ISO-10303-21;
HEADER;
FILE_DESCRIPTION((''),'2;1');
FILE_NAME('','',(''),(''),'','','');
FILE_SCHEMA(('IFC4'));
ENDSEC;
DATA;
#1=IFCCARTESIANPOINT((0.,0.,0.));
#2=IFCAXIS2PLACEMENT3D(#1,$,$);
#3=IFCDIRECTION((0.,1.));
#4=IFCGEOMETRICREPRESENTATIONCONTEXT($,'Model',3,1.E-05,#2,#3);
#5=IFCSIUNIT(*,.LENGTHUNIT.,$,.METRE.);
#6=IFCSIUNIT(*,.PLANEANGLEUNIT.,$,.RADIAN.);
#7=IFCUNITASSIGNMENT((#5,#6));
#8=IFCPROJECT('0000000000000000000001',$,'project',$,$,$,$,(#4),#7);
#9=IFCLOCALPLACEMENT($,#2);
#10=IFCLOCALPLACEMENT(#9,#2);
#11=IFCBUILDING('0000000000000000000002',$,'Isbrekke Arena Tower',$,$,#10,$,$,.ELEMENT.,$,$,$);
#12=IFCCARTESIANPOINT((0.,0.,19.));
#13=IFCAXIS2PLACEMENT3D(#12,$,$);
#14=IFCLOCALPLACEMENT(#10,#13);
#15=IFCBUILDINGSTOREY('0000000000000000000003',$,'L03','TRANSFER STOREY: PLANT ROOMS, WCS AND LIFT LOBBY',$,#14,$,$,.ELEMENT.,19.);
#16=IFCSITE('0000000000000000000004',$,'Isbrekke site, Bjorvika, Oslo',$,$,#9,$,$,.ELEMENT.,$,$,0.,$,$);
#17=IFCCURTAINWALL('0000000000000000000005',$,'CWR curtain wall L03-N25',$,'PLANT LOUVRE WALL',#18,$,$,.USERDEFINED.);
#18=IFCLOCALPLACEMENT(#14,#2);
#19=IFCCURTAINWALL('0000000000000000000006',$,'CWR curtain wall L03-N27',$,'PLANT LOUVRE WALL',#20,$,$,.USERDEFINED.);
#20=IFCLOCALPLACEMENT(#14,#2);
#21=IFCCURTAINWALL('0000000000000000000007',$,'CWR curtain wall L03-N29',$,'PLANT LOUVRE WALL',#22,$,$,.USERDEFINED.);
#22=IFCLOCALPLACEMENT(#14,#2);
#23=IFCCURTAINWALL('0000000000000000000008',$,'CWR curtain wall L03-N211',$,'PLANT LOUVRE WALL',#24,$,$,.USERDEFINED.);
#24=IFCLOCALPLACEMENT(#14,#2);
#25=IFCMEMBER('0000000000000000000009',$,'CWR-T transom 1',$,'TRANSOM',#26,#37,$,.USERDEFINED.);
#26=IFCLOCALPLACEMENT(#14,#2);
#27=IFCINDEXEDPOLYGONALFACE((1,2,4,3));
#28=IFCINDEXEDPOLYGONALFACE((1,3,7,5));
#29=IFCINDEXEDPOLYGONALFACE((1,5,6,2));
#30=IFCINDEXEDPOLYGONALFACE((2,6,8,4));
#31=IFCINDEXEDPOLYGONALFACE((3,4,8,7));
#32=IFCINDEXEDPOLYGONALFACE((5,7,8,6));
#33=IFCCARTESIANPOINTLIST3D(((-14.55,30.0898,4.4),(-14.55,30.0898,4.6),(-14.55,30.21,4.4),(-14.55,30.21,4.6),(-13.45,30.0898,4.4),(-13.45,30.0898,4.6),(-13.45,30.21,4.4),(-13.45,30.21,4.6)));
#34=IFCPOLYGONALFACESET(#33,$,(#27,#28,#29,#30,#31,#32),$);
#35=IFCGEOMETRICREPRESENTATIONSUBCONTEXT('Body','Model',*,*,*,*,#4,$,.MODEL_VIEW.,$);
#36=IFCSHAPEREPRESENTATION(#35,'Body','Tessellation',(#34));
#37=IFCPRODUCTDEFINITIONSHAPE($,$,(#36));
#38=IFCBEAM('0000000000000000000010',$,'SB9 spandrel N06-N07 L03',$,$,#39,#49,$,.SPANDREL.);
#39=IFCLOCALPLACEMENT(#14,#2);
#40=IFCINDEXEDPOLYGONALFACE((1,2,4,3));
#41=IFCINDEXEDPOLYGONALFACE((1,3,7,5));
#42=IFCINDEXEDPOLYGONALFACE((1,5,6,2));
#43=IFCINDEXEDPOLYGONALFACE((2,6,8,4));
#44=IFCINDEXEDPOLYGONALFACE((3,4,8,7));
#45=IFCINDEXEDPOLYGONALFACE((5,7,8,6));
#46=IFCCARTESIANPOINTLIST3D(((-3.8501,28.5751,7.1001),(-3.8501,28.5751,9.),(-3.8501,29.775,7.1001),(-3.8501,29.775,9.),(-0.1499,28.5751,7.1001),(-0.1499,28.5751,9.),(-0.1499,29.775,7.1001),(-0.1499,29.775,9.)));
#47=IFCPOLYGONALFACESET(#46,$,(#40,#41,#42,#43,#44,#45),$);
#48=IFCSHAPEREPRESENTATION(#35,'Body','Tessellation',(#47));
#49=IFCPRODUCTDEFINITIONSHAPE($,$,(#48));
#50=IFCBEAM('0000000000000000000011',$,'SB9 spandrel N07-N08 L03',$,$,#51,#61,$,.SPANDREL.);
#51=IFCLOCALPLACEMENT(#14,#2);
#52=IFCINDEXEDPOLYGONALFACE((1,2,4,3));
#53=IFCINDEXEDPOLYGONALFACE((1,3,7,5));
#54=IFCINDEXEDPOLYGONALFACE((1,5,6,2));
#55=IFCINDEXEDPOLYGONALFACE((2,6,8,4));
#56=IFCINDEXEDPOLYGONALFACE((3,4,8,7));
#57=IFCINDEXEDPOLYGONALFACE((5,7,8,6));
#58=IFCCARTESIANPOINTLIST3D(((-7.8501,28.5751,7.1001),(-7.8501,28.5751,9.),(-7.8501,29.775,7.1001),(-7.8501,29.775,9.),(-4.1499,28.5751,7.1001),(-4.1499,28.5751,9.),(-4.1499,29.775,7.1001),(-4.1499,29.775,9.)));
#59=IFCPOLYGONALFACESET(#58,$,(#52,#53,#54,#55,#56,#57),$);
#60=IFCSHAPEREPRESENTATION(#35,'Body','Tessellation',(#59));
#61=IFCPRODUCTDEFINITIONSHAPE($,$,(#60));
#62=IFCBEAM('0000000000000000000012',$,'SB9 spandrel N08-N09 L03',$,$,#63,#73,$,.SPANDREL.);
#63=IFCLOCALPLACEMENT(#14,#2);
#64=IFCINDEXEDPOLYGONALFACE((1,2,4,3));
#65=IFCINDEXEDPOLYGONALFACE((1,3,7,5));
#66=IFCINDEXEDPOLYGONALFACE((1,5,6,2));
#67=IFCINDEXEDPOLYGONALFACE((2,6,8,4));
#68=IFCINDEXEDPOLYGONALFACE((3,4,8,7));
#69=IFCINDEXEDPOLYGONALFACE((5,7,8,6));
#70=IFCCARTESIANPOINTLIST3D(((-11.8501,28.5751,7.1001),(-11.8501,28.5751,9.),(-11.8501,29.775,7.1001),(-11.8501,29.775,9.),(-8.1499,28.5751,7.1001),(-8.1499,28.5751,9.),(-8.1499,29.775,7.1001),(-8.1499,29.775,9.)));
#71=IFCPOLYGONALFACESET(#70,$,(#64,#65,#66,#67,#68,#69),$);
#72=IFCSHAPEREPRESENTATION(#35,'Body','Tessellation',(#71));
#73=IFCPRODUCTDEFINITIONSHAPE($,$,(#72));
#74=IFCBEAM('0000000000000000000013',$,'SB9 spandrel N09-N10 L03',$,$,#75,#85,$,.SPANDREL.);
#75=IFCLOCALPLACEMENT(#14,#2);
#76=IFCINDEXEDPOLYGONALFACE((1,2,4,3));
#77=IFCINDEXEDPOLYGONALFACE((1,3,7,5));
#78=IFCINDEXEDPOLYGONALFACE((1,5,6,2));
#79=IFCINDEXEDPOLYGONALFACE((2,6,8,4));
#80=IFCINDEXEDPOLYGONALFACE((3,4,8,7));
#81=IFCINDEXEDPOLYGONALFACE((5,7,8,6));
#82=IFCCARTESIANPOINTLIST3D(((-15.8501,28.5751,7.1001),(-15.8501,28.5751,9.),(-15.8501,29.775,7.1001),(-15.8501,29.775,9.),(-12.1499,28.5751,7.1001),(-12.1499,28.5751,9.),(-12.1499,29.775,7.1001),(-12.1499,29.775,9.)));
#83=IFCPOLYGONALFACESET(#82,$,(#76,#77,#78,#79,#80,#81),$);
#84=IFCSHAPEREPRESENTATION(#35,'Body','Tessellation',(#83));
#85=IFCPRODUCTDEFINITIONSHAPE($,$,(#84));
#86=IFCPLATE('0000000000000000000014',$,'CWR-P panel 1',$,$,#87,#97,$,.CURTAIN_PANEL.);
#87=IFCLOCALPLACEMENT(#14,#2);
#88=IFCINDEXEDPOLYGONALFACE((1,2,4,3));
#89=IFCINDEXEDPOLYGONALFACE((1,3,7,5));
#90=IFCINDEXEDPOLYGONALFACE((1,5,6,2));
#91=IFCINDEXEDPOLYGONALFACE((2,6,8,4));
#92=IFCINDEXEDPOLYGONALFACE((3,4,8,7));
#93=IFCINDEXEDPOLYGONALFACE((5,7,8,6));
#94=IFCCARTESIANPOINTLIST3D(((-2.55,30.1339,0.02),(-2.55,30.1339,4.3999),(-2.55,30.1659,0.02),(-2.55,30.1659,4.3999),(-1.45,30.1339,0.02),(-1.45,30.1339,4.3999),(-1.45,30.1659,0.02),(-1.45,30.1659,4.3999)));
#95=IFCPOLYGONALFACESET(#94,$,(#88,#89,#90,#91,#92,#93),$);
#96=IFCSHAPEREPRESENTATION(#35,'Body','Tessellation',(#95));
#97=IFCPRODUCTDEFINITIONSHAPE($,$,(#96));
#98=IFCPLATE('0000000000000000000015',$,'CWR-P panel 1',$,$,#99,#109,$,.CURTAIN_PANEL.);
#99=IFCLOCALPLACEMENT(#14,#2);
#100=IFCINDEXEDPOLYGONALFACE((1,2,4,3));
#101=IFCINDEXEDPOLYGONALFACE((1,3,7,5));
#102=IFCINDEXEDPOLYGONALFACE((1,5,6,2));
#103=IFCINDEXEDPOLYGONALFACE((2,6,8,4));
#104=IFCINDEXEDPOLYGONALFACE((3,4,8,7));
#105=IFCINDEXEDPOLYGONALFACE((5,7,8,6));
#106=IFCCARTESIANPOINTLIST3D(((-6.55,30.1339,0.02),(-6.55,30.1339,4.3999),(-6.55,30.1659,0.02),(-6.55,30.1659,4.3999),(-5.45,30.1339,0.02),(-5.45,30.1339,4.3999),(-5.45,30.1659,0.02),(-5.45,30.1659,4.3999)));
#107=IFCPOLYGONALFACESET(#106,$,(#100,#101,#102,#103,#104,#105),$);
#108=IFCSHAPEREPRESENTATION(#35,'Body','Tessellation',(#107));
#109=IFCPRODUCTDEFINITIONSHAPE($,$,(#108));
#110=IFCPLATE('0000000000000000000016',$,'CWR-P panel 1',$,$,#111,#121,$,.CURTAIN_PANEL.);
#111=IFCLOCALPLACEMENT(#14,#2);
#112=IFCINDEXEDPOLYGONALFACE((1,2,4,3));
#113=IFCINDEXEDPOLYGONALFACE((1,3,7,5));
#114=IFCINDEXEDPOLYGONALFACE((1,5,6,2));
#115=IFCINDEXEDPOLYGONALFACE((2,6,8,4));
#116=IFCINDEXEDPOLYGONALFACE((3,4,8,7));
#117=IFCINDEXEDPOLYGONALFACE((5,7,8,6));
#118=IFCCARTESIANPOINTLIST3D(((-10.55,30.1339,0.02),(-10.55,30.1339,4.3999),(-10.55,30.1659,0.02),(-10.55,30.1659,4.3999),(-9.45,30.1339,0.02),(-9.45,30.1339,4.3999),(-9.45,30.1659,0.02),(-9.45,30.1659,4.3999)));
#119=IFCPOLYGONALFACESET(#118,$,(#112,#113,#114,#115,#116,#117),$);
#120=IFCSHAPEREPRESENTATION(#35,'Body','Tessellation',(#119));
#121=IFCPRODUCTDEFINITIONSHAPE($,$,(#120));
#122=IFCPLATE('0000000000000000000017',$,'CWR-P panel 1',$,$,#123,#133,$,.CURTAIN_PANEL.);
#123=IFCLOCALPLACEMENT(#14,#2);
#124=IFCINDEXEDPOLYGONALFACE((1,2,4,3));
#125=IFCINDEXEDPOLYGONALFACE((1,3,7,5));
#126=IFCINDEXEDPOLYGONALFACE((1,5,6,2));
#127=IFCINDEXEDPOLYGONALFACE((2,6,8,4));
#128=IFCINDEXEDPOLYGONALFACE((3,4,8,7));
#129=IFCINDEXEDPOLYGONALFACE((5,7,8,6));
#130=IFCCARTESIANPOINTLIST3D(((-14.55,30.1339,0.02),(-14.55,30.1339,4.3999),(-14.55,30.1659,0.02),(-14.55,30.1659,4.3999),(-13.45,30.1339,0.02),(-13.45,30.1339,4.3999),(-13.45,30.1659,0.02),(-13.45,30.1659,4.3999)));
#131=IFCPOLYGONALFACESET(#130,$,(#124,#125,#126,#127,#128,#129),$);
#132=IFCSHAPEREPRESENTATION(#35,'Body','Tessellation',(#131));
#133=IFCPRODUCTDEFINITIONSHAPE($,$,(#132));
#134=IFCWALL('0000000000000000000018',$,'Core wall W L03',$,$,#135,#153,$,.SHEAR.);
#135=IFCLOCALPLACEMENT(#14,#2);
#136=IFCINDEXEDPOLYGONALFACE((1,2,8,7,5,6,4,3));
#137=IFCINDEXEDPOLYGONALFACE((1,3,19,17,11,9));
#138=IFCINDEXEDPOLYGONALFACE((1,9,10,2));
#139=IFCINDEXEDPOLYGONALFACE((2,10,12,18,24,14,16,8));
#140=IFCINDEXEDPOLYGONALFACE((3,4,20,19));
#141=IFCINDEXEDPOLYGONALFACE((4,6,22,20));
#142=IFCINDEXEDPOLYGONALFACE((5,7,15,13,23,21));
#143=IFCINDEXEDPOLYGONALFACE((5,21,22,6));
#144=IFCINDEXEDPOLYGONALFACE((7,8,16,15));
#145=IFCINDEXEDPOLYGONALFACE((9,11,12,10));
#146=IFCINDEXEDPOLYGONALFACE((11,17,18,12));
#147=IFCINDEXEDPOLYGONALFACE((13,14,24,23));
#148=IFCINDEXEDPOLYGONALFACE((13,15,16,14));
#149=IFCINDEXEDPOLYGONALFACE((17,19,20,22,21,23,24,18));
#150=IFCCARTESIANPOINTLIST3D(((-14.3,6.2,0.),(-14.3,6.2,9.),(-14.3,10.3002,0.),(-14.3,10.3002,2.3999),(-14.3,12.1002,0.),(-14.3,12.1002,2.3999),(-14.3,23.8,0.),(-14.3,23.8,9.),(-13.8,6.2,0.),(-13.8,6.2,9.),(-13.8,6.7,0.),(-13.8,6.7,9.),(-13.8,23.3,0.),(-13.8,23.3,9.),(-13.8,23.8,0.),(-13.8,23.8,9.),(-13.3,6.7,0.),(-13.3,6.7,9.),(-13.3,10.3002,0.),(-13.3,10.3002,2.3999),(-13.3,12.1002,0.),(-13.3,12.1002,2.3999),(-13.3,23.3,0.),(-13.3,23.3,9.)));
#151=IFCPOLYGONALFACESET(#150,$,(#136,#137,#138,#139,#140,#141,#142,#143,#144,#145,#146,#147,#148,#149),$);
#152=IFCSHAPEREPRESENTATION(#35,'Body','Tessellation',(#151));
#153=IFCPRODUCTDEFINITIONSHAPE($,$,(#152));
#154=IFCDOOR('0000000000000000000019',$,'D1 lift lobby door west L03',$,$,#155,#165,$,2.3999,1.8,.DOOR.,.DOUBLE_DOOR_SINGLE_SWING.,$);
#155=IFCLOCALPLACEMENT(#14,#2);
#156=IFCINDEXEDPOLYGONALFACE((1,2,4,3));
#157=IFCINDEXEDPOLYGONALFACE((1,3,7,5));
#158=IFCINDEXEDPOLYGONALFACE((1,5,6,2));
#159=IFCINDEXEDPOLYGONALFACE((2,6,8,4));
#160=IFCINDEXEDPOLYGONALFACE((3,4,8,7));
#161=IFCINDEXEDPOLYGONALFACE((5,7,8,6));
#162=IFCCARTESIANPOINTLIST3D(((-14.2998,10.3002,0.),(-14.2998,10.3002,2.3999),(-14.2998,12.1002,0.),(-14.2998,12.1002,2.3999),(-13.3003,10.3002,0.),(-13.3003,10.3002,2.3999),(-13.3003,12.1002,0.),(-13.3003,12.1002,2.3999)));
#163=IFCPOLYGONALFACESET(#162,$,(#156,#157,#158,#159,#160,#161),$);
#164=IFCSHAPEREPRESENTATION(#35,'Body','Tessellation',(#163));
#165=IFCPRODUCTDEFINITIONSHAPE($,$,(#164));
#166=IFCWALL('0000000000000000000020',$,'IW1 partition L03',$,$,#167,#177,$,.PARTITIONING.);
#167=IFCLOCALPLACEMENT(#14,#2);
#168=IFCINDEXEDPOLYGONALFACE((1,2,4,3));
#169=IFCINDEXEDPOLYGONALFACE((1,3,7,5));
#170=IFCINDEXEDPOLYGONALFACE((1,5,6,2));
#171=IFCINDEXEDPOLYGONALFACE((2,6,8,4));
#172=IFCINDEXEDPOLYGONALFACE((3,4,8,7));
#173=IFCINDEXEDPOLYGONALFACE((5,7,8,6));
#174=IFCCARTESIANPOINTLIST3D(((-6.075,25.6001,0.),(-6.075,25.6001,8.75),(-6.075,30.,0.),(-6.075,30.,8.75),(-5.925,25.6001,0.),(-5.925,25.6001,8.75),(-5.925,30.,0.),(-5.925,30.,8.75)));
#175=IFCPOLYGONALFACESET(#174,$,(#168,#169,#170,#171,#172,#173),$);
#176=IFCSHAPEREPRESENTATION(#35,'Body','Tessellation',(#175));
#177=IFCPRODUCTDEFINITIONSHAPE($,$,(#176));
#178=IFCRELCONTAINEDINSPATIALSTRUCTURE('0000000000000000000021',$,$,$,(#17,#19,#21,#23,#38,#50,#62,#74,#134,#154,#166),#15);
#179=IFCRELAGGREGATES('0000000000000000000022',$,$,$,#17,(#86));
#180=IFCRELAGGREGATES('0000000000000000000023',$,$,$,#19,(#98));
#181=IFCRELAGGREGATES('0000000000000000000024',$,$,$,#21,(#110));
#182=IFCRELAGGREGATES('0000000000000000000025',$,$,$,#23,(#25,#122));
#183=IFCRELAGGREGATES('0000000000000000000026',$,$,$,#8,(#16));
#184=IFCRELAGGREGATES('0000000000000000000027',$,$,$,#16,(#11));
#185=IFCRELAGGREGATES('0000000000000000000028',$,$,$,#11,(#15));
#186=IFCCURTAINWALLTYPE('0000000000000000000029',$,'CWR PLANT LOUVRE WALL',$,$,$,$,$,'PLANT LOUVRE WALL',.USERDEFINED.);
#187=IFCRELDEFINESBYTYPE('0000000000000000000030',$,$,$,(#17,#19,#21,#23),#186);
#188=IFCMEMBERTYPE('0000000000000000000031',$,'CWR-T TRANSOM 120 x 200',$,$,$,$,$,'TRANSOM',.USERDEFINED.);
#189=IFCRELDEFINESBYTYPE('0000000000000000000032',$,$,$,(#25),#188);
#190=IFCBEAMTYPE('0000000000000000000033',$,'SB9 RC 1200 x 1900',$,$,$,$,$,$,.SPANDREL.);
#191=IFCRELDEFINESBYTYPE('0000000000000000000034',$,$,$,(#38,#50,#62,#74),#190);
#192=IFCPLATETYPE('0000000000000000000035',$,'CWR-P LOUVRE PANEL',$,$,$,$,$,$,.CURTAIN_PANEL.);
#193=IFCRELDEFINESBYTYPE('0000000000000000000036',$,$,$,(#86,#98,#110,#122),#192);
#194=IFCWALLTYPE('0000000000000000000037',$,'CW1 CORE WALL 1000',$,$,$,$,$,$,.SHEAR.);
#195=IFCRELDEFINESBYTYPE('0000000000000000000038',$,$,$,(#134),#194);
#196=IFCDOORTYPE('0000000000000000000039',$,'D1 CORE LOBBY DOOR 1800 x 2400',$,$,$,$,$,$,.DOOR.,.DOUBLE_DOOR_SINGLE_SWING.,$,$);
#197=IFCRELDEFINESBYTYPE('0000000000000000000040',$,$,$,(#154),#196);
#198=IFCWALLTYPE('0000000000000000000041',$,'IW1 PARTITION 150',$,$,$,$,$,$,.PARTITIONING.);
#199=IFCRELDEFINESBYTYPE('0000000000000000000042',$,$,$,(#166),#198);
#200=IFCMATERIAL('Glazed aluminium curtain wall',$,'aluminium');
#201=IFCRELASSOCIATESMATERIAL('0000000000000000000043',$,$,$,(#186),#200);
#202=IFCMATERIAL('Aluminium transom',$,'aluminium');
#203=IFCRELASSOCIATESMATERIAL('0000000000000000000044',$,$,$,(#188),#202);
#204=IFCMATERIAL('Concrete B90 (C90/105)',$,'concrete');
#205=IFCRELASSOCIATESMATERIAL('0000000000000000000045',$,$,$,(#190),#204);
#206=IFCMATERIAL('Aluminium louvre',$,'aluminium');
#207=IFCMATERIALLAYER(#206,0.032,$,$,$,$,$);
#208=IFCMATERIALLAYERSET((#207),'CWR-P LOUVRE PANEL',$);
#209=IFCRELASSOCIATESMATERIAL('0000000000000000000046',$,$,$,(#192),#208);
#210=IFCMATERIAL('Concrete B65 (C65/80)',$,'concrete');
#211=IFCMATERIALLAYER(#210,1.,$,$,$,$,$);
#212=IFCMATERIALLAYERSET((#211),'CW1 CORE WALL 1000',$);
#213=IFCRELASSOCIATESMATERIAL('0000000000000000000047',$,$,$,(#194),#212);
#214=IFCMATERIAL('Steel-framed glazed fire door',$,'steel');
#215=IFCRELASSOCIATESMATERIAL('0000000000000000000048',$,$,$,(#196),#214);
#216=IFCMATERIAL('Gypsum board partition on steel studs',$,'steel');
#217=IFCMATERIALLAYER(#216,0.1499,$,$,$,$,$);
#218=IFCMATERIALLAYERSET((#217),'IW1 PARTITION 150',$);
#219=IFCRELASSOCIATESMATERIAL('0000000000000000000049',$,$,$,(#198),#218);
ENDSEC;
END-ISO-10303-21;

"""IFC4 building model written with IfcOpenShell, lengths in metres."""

from ifc_helpers import new_model, si_unit, direction, frame, frame_2d, origin, origin_2d, place, context, subcontext, project, spatial, polyline, rectangle, outline, extrude, material, layer, layer_set, material_profile, profile_set, type_object, element, fill, aggregate, save


model = new_model("IFC4")

# Units and contexts
model_context = context("Model", 3, precision=1e-05, world=origin(), true_north=direction((0.0, 1.0)))
body_context = subcontext(model_context, "Body", "Model", "MODEL_VIEW")
ifc_project = project(units=[si_unit("LENGTHUNIT", "METRE"), si_unit("PLANEANGLEUNIT", "RADIAN")], contexts=[model_context])

# Site, building, storey
site_placement = place(None, origin())
site = spatial("IfcSite", under=ifc_project, at=site_placement, Name="Isbrekke site, Bjorvika, Oslo", CompositionType="ELEMENT", RefElevation=0.0)
building_placement = place(site_placement, origin())
building = spatial("IfcBuilding", under=site, at=building_placement, Name="Isbrekke Arena Tower", CompositionType="ELEMENT")
storey_placement = place(building_placement, frame((0.0, 0.0, 19.0)))
storey = spatial("IfcBuildingStorey", under=building, at=storey_placement, Name="L03", Description="TRANSFER STOREY: PLANT ROOMS, WCS AND LIFT LOBBY", CompositionType="ELEMENT", Elevation=19.0)

# Curtain walls
ifc_material_1 = material(Name="Glazed aluminium curtain wall", Category="aluminium")
curtain_wall_type = type_object("IfcCurtainWallType", Name="CWR PLANT LOUVRE WALL", ElementType="PLANT LOUVRE WALL", PredefinedType="USERDEFINED", material=ifc_material_1)
curtain_wall_1_placement = place(storey_placement, origin())
curtain_wall_1 = element("IfcCurtainWall", 1, at=curtain_wall_1_placement, inside=storey, type_object=curtain_wall_type, Name="CWR curtain wall L03-N25", ObjectType="PLANT LOUVRE WALL", PredefinedType="USERDEFINED")
curtain_wall_2_placement = place(storey_placement, origin())
curtain_wall_2 = element("IfcCurtainWall", 2, at=curtain_wall_2_placement, inside=storey, type_object=curtain_wall_type, Name="CWR curtain wall L03-N27", ObjectType="PLANT LOUVRE WALL", PredefinedType="USERDEFINED")
curtain_wall_3_placement = place(storey_placement, origin())
curtain_wall_3 = element("IfcCurtainWall", 3, at=curtain_wall_3_placement, inside=storey, type_object=curtain_wall_type, Name="CWR curtain wall L03-N29", ObjectType="PLANT LOUVRE WALL", PredefinedType="USERDEFINED")
curtain_wall_4_placement = place(storey_placement, origin())
curtain_wall_4 = element("IfcCurtainWall", 4, at=curtain_wall_4_placement, inside=storey, type_object=curtain_wall_type, Name="CWR curtain wall L03-N211", ObjectType="PLANT LOUVRE WALL", PredefinedType="USERDEFINED")

# Member
ifc_material_2 = material(Name="Aluminium transom", Category="aluminium")
ifc_material_profile_1 = material_profile(ifc_material_2, rectangle(XDim=0.1201, YDim=0.2, at=origin_2d()), Name="TRANSOM 120X200")
ifc_profile_set_1 = profile_set([ifc_material_profile_1], Name="Aluminium transom")
member_type_1 = type_object("IfcMemberType", Name="CWR-T TRANSOM 120 x 200", ElementType="TRANSOM", PredefinedType="USERDEFINED", material=ifc_profile_set_1)
member_1_placement = place(storey_placement, frame((-13.45, 30.1499, 4.5), z_axis=(-1.0, 0.0, 0.0), x_axis=(0.0, -1.0, 0.0)))
member_1 = element("IfcMember", 5, at=member_1_placement, type_object=member_type_1, Name="CWR-T transom 1", ObjectType="TRANSOM", PredefinedType="USERDEFINED", context=body_context, shape_type="SweptSolid", body=[
    extrude(rectangle(XDim=0.1201, YDim=0.2, at=origin_2d()), origin(), (0.0, 0.0, 1.0), 1.1001),
])

# Beams
ifc_material_3 = material(Name="Concrete B90 (C90/105)", Category="concrete")
ifc_material_profile_2 = material_profile(ifc_material_3, rectangle(XDim=1.2, YDim=1.8999, at=origin_2d()), Name="RC 1200x1900")
ifc_profile_set_2 = profile_set([ifc_material_profile_2], Name="Concrete B90 (C90/105)")
beam_type_1 = type_object("IfcBeamType", Name="SB9 RC 1200 x 1900", PredefinedType="SPANDREL", material=ifc_profile_set_2)
for number, where, z_axis, x_axis, name in (
    (6, (-0.1499, 29.175, 8.05), (-1.0, 0.0, 0.0), (0.0, -1.0, 0.0), "SB9 spandrel N06-N07 L03"),
    (7, (-4.1499, 29.175, 8.05), (-1.0, 0.0, 0.0), (0.0, -1.0, 0.0), "SB9 spandrel N07-N08 L03"),
    (8, (-8.1499, 29.175, 8.05), (-1.0, 0.0, 0.0), (0.0, -1.0, 0.0), "SB9 spandrel N08-N09 L03"),
    (9, (-12.1499, 29.175, 8.05), (-1.0, 0.0, 0.0), (0.0, -1.0, 0.0), "SB9 spandrel N09-N10 L03"),
):
    element("IfcBeam", number, at=place(storey_placement, frame(where, z_axis=z_axis, x_axis=x_axis)), inside=storey, type_object=beam_type_1, Name=name, PredefinedType="SPANDREL", context=body_context, shape_type="SweptSolid", body=[
        extrude(rectangle(XDim=1.2, YDim=1.8999, at=origin_2d()), origin(), (0.0, 0.0, 1.0), 3.7002),
    ])

# Plates
ifc_material_4 = material(Name="Aluminium louvre", Category="aluminium")
ifc_layer_1 = layer(ifc_material_4, 0.032)
ifc_layer_set_1 = layer_set([ifc_layer_1], Name="CWR-P LOUVRE PANEL")
plate_type = type_object("IfcPlateType", Name="CWR-P LOUVRE PANEL", PredefinedType="CURTAIN_PANEL", material=ifc_layer_set_1)
plate_1_placement = place(storey_placement, frame((-2.0, 30.1499, 0.02), z_axis=(0.0, 0.0, 1.0), x_axis=(-1.0, 0.0, 0.0)))
plate_1 = element("IfcPlate", 10, at=plate_1_placement, type_object=plate_type, Name="CWR-P panel 1", PredefinedType="CURTAIN_PANEL", context=body_context, shape_type="SweptSolid", body=[
    extrude(rectangle(XDim=1.1001, YDim=0.032, at=origin_2d()), origin(), (0.0, 0.0, 1.0), 4.3799),
])
aggregate(curtain_wall_1, [plate_1])
plate_2_placement = place(storey_placement, frame((-6.0, 30.1499, 0.02), z_axis=(0.0, 0.0, 1.0), x_axis=(-1.0, 0.0, 0.0)))
plate_2 = element("IfcPlate", 11, at=plate_2_placement, type_object=plate_type, Name="CWR-P panel 1", PredefinedType="CURTAIN_PANEL", context=body_context, shape_type="SweptSolid", body=[
    extrude(rectangle(XDim=1.1001, YDim=0.032, at=origin_2d()), origin(), (0.0, 0.0, 1.0), 4.3799),
])
aggregate(curtain_wall_2, [plate_2])
plate_3_placement = place(storey_placement, frame((-10.0, 30.1499, 0.02), z_axis=(0.0, 0.0, 1.0), x_axis=(-1.0, 0.0, 0.0)))
plate_3 = element("IfcPlate", 12, at=plate_3_placement, type_object=plate_type, Name="CWR-P panel 1", PredefinedType="CURTAIN_PANEL", context=body_context, shape_type="SweptSolid", body=[
    extrude(rectangle(XDim=1.1001, YDim=0.032, at=origin_2d()), origin(), (0.0, 0.0, 1.0), 4.3799),
])
aggregate(curtain_wall_3, [plate_3])
plate_4_placement = place(storey_placement, frame((-14.0, 30.1499, 0.02), z_axis=(0.0, 0.0, 1.0), x_axis=(-1.0, 0.0, 0.0)))
plate_4 = element("IfcPlate", 13, at=plate_4_placement, type_object=plate_type, Name="CWR-P panel 1", PredefinedType="CURTAIN_PANEL", context=body_context, shape_type="SweptSolid", body=[
    extrude(rectangle(XDim=1.1001, YDim=0.032, at=origin_2d()), origin(), (0.0, 0.0, 1.0), 4.3799),
])
aggregate(curtain_wall_4, [member_1, plate_4])

# Wall, opening, door
ifc_material_5 = material(Name="Concrete B65 (C65/80)", Category="concrete")
ifc_layer_2 = layer(ifc_material_5, 1.0)
ifc_layer_set_2 = layer_set([ifc_layer_2], Name="CW1 CORE WALL 1000")
wall_type_1 = type_object("IfcWallType", Name="CW1 CORE WALL 1000", PredefinedType="SHEAR", material=ifc_layer_set_2)
wall_1_placement = place(storey_placement, frame((-13.8, 23.8, 0.0), z_axis=(0.0, 0.0, 1.0), x_axis=(0.0, -1.0, 0.0)))
wall_1 = element("IfcWall", 14, at=wall_1_placement, inside=storey, type_object=wall_type_1, Name="Core wall W L03", PredefinedType="SHEAR", context=body_context, shape_type="SweptSolid", body=[
    extrude(outline(polyline([(0.0, -0.5), (17.6001, -0.5), (17.6001, 0.0), (17.1001, 0.0), (17.1001, 0.5), (0.5, 0.5), (0.5, 0.0), (0.0, 0.0), (0.0, -0.5)])), origin(), (0.0, 0.0, 1.0), 9.0),
])
opening_placement = place(wall_1_placement, frame((11.7, 0.0, 0.0)))
opening = element("IfcOpeningElement", 15, at=opening_placement, cuts=wall_1, PredefinedType="OPENING", context=body_context, shape_type="SweptSolid", body=[
    extrude(rectangle(XDim=1.8, YDim=2.3999, at=frame_2d((0.8999, 1.2))), frame((0.0, 0.5149, 0.0), z_axis=(0.0, -1.0, 0.0), x_axis=(1.0, 0.0, 0.0)), (0.0, 0.0, 1.0), 1.0298),
])
ifc_material_6 = material(Name="Steel-framed glazed fire door", Category="steel")
door_type = type_object("IfcDoorType", Name="D1 CORE LOBBY DOOR 1800 x 2400", OperationType="DOUBLE_DOOR_SINGLE_SWING", PredefinedType="DOOR", material=ifc_material_6)
door_placement = place(opening_placement, origin())
door = element("IfcDoor", 16, at=door_placement, inside=storey, type_object=door_type, Name="D1 lift lobby door west L03", OperationType="DOUBLE_DOOR_SINGLE_SWING", OverallHeight=2.3999, OverallWidth=1.8, PredefinedType="DOOR", context=body_context, shape_type="SweptSolid", body=[
    extrude(rectangle(XDim=1.8, YDim=2.3999, at=frame_2d((0.8999, 1.2))), frame((0.0, 0.4998, 0.0), z_axis=(0.0, -1.0, 0.0), x_axis=(1.0, 0.0, 0.0)), (0.0, 0.0, 1.0), 0.9995),
])
fill(opening, door)

# Wall
ifc_material_7 = material(Name="Gypsum board partition on steel studs", Category="steel")
ifc_layer_3 = layer(ifc_material_7, 0.1499)
ifc_layer_set_3 = layer_set([ifc_layer_3], Name="IW1 PARTITION 150")
wall_type_2 = type_object("IfcWallType", Name="IW1 PARTITION 150", PredefinedType="PARTITIONING", material=ifc_layer_set_3)
wall_2_placement = place(storey_placement, frame((-6.0, 25.6001, 0.0), z_axis=(0.0, 0.0, 1.0), x_axis=(0.0, 1.0, 0.0)))
element("IfcWall", 17, at=wall_2_placement, inside=storey, type_object=wall_type_2, Name="IW1 partition L03", PredefinedType="PARTITIONING", context=body_context, shape_type="SweptSolid", body=[
    extrude(rectangle(XDim=4.3999, YDim=0.1499, at=frame_2d((2.2, 0.0))), origin(), (0.0, 0.0, 1.0), 8.75),
])

save(model, "model.ifc")
